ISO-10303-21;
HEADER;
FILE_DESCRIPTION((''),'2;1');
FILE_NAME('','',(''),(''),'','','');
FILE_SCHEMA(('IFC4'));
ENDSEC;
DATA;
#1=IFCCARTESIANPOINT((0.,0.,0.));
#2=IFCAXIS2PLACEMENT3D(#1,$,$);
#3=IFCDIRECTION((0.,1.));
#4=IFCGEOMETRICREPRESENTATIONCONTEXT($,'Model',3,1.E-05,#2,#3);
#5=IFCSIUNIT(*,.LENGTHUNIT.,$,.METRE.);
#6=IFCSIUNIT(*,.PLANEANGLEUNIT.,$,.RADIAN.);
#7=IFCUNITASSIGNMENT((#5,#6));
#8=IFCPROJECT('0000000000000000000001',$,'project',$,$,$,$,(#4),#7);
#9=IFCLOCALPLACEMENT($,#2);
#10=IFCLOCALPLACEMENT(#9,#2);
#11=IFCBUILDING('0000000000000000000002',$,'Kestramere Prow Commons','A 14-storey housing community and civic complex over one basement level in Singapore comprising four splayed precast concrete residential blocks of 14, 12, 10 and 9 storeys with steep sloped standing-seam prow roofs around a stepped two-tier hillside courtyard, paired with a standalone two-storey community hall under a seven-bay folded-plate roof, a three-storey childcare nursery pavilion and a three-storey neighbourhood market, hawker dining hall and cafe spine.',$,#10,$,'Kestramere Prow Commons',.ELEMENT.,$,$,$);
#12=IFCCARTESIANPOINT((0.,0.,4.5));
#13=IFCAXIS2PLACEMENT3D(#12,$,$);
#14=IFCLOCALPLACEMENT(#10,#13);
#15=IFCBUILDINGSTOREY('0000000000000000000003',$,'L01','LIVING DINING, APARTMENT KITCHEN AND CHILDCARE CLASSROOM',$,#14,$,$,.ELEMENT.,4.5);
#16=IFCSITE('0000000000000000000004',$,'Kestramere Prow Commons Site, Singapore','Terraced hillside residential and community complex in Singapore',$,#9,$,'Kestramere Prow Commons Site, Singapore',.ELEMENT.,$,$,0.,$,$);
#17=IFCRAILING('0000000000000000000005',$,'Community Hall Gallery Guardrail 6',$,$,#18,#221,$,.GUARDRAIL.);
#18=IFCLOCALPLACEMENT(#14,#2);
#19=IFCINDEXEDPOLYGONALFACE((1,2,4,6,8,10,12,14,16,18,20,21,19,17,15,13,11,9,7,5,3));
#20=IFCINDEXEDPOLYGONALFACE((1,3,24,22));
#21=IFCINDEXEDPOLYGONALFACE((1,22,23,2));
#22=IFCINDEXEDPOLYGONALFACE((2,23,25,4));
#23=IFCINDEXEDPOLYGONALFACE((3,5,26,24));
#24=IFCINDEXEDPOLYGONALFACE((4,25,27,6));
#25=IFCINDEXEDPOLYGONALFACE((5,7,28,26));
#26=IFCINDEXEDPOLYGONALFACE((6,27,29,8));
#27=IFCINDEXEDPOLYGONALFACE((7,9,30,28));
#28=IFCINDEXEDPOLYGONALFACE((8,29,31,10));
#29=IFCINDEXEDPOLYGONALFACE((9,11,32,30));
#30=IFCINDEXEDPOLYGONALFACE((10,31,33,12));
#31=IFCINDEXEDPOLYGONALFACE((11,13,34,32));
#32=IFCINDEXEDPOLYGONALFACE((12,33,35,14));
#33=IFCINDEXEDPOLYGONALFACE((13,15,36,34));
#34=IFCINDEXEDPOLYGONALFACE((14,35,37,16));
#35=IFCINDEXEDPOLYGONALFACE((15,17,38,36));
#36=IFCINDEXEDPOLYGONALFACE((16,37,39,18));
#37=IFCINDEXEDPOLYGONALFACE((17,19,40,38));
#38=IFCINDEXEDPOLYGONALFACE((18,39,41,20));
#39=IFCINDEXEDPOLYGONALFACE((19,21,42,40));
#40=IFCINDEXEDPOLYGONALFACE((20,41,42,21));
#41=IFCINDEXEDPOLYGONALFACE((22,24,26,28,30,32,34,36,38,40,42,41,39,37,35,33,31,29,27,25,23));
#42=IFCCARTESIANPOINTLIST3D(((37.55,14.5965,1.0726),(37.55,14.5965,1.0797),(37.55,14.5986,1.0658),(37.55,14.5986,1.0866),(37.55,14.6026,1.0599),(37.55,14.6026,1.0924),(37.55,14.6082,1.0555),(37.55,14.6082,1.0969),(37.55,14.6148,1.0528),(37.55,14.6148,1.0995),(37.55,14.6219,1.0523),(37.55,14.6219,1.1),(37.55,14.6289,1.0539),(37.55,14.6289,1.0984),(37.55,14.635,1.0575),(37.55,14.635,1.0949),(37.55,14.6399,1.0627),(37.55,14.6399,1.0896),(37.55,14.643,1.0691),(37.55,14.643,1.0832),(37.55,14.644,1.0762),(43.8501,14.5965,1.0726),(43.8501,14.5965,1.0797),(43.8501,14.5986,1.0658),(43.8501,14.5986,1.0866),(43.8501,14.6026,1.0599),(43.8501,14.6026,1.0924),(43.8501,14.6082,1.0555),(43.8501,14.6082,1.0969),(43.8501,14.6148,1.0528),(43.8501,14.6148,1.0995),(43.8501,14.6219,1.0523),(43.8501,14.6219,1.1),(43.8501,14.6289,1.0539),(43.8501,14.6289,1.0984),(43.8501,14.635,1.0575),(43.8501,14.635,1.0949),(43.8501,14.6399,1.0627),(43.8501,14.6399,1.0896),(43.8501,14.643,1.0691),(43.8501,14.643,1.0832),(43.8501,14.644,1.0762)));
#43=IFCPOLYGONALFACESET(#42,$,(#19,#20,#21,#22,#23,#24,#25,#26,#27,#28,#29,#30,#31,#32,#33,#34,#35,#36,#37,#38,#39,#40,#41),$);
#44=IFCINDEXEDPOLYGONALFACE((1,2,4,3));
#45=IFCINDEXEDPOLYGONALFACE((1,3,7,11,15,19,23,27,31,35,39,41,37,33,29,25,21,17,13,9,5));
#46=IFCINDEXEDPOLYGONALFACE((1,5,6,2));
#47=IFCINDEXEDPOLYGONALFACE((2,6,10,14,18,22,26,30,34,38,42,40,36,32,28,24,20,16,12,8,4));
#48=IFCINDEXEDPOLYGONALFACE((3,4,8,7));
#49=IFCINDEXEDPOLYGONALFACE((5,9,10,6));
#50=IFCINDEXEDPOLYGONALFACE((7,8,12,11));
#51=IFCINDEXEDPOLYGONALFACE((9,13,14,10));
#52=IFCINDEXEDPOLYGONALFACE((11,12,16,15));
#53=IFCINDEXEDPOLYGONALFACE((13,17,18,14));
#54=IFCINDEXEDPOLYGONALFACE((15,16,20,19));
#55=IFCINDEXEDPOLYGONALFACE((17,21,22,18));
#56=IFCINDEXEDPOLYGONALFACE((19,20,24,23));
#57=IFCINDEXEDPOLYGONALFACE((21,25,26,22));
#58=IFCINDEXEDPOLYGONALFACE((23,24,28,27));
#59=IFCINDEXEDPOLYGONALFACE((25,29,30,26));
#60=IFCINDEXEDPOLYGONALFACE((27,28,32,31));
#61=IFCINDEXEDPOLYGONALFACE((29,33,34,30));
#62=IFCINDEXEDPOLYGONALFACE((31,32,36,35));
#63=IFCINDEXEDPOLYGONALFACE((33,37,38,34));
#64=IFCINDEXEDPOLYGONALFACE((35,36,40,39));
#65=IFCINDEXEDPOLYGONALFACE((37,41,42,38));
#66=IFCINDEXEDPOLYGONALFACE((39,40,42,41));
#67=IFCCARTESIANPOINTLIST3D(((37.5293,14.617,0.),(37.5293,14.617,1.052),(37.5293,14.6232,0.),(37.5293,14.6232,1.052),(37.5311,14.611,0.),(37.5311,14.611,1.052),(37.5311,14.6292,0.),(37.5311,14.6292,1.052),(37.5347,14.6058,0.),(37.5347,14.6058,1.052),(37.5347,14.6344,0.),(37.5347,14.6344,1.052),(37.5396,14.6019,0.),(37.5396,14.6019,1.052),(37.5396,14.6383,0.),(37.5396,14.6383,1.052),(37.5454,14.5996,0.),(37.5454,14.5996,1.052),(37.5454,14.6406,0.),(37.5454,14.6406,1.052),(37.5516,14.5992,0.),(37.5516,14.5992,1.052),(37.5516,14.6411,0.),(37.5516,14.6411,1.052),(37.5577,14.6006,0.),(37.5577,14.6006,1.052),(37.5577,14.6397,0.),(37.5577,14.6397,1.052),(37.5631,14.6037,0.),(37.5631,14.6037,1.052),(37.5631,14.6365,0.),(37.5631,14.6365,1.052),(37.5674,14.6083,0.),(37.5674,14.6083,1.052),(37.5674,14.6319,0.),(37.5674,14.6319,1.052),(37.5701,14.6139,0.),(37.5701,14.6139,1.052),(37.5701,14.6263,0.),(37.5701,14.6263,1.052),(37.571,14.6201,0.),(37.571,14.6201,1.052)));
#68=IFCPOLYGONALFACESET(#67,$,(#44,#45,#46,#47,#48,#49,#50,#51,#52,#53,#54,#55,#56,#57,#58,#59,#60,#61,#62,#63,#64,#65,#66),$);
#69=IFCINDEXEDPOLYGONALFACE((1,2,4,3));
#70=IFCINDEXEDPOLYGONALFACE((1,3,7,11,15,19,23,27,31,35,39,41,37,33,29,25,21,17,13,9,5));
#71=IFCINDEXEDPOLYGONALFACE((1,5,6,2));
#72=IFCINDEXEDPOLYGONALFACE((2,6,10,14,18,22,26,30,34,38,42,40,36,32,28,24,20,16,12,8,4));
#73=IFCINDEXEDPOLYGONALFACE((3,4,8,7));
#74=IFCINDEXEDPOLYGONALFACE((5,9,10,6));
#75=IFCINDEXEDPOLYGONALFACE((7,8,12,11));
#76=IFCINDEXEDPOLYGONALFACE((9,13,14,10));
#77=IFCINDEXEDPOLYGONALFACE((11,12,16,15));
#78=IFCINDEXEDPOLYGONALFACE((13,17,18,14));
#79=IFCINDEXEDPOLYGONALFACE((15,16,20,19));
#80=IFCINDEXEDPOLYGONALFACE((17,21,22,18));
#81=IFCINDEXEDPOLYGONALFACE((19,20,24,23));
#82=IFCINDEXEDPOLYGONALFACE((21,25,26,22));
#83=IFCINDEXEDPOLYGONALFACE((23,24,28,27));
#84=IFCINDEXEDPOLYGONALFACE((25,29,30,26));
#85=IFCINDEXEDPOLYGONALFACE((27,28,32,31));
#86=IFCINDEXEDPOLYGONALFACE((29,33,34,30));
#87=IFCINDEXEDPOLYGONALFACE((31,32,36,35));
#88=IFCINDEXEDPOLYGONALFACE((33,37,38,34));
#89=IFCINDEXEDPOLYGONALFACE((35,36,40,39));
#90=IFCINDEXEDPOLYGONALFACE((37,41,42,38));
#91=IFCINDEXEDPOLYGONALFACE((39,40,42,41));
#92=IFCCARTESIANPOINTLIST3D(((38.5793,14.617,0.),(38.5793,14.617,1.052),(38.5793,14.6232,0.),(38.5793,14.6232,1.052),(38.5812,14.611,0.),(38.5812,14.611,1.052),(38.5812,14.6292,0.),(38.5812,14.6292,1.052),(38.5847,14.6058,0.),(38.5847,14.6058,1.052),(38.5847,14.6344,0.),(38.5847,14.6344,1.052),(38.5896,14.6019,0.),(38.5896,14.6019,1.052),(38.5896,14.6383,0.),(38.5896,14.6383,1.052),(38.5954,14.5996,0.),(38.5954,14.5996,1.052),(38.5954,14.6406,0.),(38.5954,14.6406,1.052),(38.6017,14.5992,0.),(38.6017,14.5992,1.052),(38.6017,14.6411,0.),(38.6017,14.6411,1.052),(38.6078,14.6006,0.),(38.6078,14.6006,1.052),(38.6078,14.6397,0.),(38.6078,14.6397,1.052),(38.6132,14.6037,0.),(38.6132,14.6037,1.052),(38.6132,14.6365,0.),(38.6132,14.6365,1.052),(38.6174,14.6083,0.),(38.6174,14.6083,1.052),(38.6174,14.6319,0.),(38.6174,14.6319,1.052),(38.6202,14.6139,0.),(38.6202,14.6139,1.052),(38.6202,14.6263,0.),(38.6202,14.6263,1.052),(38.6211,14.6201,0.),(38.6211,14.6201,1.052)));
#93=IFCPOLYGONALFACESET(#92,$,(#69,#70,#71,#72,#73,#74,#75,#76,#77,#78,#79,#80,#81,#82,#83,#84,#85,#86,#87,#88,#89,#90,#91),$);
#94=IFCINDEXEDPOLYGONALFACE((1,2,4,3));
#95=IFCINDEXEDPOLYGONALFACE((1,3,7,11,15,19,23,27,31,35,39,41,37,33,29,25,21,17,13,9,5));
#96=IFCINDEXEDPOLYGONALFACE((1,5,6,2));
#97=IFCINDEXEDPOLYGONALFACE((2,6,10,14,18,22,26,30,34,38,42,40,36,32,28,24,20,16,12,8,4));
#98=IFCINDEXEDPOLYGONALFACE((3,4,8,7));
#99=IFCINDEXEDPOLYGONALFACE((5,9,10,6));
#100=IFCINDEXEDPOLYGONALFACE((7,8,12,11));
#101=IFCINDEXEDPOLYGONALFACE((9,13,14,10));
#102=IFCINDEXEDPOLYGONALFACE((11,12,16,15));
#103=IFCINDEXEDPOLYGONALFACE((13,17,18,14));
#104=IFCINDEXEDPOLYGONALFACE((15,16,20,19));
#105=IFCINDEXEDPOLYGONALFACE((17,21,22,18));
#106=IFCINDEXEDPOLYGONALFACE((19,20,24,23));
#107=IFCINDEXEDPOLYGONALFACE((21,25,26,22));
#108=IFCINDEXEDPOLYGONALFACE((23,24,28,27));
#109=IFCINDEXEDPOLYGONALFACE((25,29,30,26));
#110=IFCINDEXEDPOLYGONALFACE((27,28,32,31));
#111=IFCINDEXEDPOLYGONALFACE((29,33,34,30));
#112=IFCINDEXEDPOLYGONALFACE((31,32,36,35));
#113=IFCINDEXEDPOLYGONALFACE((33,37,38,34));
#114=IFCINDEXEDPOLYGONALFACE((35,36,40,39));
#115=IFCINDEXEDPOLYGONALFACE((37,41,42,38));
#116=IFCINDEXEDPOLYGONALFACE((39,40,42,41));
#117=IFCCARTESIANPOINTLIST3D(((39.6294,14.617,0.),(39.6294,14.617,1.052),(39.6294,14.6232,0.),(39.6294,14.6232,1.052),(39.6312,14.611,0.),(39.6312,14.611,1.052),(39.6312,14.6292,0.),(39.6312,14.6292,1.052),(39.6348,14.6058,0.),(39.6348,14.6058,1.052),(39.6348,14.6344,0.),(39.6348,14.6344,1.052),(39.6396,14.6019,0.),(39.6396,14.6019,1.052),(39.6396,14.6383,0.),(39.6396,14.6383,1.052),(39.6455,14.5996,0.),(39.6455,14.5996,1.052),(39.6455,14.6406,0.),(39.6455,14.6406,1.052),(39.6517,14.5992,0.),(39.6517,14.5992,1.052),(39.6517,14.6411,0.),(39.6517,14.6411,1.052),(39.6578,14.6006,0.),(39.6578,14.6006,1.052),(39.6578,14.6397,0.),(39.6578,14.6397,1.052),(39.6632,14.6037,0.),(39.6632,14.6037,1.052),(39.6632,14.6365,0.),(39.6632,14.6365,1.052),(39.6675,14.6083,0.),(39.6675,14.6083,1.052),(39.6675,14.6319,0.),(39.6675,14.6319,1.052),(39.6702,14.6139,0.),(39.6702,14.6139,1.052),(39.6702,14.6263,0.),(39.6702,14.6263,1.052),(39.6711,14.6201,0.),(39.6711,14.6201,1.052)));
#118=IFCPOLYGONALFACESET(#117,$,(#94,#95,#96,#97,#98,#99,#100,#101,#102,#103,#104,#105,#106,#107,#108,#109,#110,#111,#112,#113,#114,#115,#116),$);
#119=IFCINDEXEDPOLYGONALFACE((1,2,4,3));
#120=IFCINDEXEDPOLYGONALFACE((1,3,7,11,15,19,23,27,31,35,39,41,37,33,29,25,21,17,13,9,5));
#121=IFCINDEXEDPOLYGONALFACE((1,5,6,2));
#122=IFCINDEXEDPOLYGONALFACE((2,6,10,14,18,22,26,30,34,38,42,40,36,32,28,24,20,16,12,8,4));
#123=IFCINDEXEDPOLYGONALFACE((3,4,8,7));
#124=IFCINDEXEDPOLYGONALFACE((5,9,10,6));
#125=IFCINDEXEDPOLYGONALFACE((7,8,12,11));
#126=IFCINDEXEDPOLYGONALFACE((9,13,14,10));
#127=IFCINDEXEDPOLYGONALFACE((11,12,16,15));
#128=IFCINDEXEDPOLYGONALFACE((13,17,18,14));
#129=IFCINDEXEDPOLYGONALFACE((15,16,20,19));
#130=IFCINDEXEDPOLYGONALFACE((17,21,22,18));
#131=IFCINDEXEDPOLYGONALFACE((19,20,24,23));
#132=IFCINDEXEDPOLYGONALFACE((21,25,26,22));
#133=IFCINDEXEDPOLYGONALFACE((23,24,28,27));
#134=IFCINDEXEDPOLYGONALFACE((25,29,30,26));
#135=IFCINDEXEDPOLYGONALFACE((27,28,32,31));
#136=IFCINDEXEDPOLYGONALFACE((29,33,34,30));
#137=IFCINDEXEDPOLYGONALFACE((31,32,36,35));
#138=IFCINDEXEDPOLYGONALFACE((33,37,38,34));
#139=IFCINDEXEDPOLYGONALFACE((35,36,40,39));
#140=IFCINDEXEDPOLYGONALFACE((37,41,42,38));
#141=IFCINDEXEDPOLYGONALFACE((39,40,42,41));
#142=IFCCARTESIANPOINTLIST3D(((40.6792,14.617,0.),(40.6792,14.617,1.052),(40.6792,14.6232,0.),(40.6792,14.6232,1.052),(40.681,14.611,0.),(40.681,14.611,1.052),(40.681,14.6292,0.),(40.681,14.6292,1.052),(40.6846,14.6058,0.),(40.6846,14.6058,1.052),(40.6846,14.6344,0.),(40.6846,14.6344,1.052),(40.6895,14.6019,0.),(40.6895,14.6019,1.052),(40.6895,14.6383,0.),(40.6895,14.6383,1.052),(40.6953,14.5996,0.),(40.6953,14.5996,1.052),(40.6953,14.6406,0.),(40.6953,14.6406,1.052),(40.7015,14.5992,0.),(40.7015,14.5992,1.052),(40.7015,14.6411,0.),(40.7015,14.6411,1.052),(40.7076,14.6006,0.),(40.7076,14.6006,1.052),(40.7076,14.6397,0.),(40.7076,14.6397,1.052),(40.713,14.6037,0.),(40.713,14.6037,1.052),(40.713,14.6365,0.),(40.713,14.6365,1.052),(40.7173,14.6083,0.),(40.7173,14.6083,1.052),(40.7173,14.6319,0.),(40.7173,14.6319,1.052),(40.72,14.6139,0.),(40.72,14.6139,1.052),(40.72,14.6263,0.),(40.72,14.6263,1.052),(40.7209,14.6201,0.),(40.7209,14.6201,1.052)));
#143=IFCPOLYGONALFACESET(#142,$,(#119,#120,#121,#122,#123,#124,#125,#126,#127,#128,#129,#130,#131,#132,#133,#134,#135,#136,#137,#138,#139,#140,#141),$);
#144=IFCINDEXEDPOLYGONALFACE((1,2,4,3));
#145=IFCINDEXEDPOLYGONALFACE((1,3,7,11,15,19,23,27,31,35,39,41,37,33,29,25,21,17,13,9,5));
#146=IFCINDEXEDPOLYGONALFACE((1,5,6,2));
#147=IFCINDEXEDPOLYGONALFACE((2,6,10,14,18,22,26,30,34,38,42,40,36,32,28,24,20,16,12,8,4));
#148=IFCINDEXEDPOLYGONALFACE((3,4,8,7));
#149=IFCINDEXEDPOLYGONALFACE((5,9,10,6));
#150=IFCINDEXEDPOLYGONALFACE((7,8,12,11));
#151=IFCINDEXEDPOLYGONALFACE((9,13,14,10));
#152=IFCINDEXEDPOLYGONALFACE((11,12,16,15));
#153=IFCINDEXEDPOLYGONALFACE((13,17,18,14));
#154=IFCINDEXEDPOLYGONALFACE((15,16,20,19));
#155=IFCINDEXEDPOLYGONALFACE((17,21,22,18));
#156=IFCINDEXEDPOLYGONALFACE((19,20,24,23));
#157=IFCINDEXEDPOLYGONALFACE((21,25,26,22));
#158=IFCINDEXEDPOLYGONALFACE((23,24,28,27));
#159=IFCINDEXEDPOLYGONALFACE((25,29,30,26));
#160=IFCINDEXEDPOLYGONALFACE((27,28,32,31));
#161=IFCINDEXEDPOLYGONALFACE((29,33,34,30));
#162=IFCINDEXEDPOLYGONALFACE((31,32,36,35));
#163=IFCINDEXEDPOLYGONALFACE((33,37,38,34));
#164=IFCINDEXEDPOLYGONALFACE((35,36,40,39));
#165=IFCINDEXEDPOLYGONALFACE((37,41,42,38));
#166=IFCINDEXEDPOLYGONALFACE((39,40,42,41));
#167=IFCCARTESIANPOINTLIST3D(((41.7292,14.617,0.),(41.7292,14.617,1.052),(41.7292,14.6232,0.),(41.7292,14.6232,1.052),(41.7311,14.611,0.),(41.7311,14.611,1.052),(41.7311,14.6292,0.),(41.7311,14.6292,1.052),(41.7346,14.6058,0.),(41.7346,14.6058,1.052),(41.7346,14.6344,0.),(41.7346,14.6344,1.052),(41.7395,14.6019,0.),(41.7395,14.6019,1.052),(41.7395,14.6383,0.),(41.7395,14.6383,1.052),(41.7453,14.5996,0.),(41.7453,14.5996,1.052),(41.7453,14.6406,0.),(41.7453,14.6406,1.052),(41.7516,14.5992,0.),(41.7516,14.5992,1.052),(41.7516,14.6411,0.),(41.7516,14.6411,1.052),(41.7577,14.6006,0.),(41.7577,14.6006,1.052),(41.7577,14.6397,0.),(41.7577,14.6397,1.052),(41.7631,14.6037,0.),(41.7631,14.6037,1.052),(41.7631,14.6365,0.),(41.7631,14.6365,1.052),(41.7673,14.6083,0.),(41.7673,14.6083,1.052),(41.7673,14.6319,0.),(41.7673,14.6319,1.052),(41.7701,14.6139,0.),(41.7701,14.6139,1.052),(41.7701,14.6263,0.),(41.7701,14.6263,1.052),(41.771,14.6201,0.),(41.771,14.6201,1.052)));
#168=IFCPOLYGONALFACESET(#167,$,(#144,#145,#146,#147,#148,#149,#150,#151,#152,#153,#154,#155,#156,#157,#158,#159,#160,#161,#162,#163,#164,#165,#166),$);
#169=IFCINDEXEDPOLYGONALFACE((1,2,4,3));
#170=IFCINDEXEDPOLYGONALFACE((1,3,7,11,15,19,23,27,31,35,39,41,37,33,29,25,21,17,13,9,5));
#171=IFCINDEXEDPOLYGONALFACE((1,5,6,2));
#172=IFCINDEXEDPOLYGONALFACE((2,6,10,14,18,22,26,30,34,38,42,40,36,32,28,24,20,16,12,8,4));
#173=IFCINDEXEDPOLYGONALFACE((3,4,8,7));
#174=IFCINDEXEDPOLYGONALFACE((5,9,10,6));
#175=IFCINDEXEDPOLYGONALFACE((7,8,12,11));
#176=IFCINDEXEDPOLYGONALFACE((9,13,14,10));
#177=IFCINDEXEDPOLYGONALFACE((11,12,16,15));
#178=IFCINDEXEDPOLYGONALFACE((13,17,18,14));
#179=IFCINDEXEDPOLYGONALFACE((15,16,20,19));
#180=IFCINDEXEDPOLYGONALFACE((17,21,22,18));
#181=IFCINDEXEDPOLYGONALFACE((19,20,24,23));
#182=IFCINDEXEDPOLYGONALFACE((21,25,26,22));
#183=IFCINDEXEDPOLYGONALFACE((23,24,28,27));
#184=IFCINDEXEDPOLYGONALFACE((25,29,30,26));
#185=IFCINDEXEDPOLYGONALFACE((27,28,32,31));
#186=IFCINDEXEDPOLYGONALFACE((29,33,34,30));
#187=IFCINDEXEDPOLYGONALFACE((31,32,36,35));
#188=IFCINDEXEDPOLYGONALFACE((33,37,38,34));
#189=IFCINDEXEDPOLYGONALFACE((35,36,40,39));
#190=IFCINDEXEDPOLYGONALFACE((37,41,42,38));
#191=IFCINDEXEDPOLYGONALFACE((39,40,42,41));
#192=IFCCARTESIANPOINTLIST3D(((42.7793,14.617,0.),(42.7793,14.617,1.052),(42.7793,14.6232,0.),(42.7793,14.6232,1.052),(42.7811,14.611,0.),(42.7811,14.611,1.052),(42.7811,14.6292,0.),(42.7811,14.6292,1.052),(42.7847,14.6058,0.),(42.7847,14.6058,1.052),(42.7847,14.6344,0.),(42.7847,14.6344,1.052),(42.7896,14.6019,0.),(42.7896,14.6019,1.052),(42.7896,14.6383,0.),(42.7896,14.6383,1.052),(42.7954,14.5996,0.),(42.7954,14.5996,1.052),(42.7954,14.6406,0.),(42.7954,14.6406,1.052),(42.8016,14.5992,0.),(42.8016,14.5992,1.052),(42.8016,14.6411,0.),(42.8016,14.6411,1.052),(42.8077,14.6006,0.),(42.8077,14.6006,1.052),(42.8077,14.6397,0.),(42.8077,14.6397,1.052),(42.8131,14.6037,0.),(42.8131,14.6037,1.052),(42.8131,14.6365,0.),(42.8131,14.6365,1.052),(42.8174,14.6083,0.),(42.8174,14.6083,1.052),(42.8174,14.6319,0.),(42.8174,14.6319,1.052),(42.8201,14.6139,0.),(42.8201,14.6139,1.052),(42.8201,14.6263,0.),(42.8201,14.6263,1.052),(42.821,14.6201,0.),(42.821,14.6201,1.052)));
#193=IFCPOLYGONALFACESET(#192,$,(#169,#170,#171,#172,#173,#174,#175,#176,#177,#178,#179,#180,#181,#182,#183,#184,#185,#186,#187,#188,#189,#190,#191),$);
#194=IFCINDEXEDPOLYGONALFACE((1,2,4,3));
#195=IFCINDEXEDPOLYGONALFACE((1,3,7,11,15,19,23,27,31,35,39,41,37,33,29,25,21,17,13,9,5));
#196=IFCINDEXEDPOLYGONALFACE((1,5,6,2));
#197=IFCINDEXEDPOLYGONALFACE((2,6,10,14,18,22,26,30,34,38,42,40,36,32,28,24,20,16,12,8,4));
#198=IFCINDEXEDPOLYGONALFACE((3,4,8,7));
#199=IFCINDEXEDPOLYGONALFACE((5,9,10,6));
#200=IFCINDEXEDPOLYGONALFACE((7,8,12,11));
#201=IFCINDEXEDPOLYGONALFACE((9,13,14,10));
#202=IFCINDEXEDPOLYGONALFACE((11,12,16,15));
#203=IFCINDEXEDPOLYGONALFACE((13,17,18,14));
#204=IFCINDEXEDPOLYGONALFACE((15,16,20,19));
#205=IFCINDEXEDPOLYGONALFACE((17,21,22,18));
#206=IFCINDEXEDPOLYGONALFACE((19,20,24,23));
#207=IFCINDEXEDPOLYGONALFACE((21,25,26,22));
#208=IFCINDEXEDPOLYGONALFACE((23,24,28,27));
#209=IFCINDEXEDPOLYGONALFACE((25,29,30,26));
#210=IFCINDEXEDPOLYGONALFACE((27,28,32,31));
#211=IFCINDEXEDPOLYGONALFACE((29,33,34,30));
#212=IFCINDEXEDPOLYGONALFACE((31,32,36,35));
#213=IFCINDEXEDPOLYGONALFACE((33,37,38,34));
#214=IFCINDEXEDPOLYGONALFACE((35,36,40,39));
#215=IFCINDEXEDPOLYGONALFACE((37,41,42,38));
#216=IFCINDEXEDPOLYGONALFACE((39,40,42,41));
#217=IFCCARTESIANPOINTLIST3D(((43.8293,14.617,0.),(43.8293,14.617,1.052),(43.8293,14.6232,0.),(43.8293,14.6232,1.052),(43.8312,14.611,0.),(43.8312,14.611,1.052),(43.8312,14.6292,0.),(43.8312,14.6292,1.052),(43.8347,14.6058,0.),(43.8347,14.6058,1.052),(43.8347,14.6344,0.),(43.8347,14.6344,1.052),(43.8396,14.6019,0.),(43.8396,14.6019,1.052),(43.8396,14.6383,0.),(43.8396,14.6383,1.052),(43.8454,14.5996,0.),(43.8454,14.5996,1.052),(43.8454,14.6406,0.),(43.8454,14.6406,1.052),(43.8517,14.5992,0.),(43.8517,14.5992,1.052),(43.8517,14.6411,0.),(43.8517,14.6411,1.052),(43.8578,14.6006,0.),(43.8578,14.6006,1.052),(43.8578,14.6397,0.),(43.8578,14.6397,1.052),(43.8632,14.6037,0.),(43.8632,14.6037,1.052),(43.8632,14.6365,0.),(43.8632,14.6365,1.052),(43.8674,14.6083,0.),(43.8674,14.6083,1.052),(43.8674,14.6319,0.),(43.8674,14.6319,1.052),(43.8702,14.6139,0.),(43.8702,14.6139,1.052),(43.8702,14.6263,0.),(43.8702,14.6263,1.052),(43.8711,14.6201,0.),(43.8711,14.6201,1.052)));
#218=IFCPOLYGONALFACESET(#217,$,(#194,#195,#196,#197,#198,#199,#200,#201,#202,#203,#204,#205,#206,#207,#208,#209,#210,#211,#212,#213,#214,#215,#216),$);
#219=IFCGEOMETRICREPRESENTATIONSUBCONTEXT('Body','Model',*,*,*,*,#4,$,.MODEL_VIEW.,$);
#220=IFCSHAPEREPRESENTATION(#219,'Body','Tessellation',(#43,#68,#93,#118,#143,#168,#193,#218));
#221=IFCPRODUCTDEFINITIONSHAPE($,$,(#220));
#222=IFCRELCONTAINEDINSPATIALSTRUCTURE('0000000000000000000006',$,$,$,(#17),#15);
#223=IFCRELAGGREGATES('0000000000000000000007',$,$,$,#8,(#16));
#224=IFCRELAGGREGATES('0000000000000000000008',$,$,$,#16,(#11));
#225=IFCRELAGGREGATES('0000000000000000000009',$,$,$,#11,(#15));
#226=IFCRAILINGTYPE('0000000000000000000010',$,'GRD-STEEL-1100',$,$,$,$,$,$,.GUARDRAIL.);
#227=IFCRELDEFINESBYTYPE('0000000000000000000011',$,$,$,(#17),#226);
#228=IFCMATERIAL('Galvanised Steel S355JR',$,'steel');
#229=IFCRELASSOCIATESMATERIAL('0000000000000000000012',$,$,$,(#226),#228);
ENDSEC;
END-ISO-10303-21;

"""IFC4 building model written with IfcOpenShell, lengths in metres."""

from ifc_helpers import new_model, si_unit, direction, frame, origin, origin_2d, place, context, subcontext, project, spatial, circle, extrude, material, type_object, element, save


model = new_model("IFC4")

# Units and contexts
model_context = context("Model", 3, precision=1e-05, world=origin(), true_north=direction((0.0, 1.0)))
body_context = subcontext(model_context, "Body", "Model", "MODEL_VIEW")
ifc_project = project(units=[si_unit("LENGTHUNIT", "METRE"), si_unit("PLANEANGLEUNIT", "RADIAN")], contexts=[model_context])

# Site, building, storey
site_placement = place(None, origin())
site = spatial("IfcSite", under=ifc_project, at=site_placement, Name="Kestramere Prow Commons Site, Singapore", Description="Terraced hillside residential and community complex in Singapore", LongName="Kestramere Prow Commons Site, Singapore", CompositionType="ELEMENT", RefElevation=0.0)
building_placement = place(site_placement, origin())
building = spatial("IfcBuilding", under=site, at=building_placement, Name="Kestramere Prow Commons", Description="A 14-storey housing community and civic complex over one basement level in Singapore comprising four splayed precast concrete residential blocks of 14, 12, 10 and 9 storeys with steep sloped standing-seam prow roofs around a stepped two-tier hillside courtyard, paired with a standalone two-storey community hall under a seven-bay folded-plate roof, a three-storey childcare nursery pavilion and a three-storey neighbourhood market, hawker dining hall and cafe spine.", LongName="Kestramere Prow Commons", CompositionType="ELEMENT")
storey_placement = place(building_placement, frame((0.0, 0.0, 4.5)))
storey = spatial("IfcBuildingStorey", under=building, at=storey_placement, Name="L01", Description="LIVING DINING, APARTMENT KITCHEN AND CHILDCARE CLASSROOM", CompositionType="ELEMENT", Elevation=4.5)

# Railing
ifc_material_1 = material(Name="Galvanised Steel S355JR", Category="steel")
railing_type = type_object("IfcRailingType", Name="GRD-STEEL-1100", PredefinedType="GUARDRAIL", material=ifc_material_1)
for number, where, name in (
    (1, (37.55, 14.6201, 0.0), "Community Hall Gallery Guardrail 6"),
):
    element("IfcRailing", number, at=place(storey_placement, frame(where)), inside=storey, type_object=railing_type, Name=name, PredefinedType="GUARDRAIL", context=body_context, shape_type="SweptSolid", body=[
        extrude(circle(Radius=0.0239, at=origin_2d()), frame((0.0, 0.0, 1.0762), z_axis=(1.0, 0.0, 0.0), x_axis=(0.0, 1.0, 0.0)), (0.0, 0.0, 1.0), 6.3),
        extrude(circle(Radius=0.021, at=origin_2d()), origin(), (0.0, 0.0, 1.0), 1.052),
        extrude(circle(Radius=0.021, at=origin_2d()), frame((1.05, 0.0, 0.0)), (0.0, 0.0, 1.0), 1.052),
        extrude(circle(Radius=0.021, at=origin_2d()), frame((2.1001, 0.0, 0.0)), (0.0, 0.0, 1.0), 1.052),
        extrude(circle(Radius=0.021, at=origin_2d()), frame((3.1499, 0.0, 0.0)), (0.0, 0.0, 1.0), 1.052),
        extrude(circle(Radius=0.021, at=origin_2d()), frame((4.2, 0.0, 0.0)), (0.0, 0.0, 1.0), 1.052),
        extrude(circle(Radius=0.021, at=origin_2d()), frame((5.25, 0.0, 0.0)), (0.0, 0.0, 1.0), 1.052),
        extrude(circle(Radius=0.021, at=origin_2d()), frame((6.3, 0.0, 0.0)), (0.0, 0.0, 1.0), 1.052),
    ])

save(model, "model.ifc")
